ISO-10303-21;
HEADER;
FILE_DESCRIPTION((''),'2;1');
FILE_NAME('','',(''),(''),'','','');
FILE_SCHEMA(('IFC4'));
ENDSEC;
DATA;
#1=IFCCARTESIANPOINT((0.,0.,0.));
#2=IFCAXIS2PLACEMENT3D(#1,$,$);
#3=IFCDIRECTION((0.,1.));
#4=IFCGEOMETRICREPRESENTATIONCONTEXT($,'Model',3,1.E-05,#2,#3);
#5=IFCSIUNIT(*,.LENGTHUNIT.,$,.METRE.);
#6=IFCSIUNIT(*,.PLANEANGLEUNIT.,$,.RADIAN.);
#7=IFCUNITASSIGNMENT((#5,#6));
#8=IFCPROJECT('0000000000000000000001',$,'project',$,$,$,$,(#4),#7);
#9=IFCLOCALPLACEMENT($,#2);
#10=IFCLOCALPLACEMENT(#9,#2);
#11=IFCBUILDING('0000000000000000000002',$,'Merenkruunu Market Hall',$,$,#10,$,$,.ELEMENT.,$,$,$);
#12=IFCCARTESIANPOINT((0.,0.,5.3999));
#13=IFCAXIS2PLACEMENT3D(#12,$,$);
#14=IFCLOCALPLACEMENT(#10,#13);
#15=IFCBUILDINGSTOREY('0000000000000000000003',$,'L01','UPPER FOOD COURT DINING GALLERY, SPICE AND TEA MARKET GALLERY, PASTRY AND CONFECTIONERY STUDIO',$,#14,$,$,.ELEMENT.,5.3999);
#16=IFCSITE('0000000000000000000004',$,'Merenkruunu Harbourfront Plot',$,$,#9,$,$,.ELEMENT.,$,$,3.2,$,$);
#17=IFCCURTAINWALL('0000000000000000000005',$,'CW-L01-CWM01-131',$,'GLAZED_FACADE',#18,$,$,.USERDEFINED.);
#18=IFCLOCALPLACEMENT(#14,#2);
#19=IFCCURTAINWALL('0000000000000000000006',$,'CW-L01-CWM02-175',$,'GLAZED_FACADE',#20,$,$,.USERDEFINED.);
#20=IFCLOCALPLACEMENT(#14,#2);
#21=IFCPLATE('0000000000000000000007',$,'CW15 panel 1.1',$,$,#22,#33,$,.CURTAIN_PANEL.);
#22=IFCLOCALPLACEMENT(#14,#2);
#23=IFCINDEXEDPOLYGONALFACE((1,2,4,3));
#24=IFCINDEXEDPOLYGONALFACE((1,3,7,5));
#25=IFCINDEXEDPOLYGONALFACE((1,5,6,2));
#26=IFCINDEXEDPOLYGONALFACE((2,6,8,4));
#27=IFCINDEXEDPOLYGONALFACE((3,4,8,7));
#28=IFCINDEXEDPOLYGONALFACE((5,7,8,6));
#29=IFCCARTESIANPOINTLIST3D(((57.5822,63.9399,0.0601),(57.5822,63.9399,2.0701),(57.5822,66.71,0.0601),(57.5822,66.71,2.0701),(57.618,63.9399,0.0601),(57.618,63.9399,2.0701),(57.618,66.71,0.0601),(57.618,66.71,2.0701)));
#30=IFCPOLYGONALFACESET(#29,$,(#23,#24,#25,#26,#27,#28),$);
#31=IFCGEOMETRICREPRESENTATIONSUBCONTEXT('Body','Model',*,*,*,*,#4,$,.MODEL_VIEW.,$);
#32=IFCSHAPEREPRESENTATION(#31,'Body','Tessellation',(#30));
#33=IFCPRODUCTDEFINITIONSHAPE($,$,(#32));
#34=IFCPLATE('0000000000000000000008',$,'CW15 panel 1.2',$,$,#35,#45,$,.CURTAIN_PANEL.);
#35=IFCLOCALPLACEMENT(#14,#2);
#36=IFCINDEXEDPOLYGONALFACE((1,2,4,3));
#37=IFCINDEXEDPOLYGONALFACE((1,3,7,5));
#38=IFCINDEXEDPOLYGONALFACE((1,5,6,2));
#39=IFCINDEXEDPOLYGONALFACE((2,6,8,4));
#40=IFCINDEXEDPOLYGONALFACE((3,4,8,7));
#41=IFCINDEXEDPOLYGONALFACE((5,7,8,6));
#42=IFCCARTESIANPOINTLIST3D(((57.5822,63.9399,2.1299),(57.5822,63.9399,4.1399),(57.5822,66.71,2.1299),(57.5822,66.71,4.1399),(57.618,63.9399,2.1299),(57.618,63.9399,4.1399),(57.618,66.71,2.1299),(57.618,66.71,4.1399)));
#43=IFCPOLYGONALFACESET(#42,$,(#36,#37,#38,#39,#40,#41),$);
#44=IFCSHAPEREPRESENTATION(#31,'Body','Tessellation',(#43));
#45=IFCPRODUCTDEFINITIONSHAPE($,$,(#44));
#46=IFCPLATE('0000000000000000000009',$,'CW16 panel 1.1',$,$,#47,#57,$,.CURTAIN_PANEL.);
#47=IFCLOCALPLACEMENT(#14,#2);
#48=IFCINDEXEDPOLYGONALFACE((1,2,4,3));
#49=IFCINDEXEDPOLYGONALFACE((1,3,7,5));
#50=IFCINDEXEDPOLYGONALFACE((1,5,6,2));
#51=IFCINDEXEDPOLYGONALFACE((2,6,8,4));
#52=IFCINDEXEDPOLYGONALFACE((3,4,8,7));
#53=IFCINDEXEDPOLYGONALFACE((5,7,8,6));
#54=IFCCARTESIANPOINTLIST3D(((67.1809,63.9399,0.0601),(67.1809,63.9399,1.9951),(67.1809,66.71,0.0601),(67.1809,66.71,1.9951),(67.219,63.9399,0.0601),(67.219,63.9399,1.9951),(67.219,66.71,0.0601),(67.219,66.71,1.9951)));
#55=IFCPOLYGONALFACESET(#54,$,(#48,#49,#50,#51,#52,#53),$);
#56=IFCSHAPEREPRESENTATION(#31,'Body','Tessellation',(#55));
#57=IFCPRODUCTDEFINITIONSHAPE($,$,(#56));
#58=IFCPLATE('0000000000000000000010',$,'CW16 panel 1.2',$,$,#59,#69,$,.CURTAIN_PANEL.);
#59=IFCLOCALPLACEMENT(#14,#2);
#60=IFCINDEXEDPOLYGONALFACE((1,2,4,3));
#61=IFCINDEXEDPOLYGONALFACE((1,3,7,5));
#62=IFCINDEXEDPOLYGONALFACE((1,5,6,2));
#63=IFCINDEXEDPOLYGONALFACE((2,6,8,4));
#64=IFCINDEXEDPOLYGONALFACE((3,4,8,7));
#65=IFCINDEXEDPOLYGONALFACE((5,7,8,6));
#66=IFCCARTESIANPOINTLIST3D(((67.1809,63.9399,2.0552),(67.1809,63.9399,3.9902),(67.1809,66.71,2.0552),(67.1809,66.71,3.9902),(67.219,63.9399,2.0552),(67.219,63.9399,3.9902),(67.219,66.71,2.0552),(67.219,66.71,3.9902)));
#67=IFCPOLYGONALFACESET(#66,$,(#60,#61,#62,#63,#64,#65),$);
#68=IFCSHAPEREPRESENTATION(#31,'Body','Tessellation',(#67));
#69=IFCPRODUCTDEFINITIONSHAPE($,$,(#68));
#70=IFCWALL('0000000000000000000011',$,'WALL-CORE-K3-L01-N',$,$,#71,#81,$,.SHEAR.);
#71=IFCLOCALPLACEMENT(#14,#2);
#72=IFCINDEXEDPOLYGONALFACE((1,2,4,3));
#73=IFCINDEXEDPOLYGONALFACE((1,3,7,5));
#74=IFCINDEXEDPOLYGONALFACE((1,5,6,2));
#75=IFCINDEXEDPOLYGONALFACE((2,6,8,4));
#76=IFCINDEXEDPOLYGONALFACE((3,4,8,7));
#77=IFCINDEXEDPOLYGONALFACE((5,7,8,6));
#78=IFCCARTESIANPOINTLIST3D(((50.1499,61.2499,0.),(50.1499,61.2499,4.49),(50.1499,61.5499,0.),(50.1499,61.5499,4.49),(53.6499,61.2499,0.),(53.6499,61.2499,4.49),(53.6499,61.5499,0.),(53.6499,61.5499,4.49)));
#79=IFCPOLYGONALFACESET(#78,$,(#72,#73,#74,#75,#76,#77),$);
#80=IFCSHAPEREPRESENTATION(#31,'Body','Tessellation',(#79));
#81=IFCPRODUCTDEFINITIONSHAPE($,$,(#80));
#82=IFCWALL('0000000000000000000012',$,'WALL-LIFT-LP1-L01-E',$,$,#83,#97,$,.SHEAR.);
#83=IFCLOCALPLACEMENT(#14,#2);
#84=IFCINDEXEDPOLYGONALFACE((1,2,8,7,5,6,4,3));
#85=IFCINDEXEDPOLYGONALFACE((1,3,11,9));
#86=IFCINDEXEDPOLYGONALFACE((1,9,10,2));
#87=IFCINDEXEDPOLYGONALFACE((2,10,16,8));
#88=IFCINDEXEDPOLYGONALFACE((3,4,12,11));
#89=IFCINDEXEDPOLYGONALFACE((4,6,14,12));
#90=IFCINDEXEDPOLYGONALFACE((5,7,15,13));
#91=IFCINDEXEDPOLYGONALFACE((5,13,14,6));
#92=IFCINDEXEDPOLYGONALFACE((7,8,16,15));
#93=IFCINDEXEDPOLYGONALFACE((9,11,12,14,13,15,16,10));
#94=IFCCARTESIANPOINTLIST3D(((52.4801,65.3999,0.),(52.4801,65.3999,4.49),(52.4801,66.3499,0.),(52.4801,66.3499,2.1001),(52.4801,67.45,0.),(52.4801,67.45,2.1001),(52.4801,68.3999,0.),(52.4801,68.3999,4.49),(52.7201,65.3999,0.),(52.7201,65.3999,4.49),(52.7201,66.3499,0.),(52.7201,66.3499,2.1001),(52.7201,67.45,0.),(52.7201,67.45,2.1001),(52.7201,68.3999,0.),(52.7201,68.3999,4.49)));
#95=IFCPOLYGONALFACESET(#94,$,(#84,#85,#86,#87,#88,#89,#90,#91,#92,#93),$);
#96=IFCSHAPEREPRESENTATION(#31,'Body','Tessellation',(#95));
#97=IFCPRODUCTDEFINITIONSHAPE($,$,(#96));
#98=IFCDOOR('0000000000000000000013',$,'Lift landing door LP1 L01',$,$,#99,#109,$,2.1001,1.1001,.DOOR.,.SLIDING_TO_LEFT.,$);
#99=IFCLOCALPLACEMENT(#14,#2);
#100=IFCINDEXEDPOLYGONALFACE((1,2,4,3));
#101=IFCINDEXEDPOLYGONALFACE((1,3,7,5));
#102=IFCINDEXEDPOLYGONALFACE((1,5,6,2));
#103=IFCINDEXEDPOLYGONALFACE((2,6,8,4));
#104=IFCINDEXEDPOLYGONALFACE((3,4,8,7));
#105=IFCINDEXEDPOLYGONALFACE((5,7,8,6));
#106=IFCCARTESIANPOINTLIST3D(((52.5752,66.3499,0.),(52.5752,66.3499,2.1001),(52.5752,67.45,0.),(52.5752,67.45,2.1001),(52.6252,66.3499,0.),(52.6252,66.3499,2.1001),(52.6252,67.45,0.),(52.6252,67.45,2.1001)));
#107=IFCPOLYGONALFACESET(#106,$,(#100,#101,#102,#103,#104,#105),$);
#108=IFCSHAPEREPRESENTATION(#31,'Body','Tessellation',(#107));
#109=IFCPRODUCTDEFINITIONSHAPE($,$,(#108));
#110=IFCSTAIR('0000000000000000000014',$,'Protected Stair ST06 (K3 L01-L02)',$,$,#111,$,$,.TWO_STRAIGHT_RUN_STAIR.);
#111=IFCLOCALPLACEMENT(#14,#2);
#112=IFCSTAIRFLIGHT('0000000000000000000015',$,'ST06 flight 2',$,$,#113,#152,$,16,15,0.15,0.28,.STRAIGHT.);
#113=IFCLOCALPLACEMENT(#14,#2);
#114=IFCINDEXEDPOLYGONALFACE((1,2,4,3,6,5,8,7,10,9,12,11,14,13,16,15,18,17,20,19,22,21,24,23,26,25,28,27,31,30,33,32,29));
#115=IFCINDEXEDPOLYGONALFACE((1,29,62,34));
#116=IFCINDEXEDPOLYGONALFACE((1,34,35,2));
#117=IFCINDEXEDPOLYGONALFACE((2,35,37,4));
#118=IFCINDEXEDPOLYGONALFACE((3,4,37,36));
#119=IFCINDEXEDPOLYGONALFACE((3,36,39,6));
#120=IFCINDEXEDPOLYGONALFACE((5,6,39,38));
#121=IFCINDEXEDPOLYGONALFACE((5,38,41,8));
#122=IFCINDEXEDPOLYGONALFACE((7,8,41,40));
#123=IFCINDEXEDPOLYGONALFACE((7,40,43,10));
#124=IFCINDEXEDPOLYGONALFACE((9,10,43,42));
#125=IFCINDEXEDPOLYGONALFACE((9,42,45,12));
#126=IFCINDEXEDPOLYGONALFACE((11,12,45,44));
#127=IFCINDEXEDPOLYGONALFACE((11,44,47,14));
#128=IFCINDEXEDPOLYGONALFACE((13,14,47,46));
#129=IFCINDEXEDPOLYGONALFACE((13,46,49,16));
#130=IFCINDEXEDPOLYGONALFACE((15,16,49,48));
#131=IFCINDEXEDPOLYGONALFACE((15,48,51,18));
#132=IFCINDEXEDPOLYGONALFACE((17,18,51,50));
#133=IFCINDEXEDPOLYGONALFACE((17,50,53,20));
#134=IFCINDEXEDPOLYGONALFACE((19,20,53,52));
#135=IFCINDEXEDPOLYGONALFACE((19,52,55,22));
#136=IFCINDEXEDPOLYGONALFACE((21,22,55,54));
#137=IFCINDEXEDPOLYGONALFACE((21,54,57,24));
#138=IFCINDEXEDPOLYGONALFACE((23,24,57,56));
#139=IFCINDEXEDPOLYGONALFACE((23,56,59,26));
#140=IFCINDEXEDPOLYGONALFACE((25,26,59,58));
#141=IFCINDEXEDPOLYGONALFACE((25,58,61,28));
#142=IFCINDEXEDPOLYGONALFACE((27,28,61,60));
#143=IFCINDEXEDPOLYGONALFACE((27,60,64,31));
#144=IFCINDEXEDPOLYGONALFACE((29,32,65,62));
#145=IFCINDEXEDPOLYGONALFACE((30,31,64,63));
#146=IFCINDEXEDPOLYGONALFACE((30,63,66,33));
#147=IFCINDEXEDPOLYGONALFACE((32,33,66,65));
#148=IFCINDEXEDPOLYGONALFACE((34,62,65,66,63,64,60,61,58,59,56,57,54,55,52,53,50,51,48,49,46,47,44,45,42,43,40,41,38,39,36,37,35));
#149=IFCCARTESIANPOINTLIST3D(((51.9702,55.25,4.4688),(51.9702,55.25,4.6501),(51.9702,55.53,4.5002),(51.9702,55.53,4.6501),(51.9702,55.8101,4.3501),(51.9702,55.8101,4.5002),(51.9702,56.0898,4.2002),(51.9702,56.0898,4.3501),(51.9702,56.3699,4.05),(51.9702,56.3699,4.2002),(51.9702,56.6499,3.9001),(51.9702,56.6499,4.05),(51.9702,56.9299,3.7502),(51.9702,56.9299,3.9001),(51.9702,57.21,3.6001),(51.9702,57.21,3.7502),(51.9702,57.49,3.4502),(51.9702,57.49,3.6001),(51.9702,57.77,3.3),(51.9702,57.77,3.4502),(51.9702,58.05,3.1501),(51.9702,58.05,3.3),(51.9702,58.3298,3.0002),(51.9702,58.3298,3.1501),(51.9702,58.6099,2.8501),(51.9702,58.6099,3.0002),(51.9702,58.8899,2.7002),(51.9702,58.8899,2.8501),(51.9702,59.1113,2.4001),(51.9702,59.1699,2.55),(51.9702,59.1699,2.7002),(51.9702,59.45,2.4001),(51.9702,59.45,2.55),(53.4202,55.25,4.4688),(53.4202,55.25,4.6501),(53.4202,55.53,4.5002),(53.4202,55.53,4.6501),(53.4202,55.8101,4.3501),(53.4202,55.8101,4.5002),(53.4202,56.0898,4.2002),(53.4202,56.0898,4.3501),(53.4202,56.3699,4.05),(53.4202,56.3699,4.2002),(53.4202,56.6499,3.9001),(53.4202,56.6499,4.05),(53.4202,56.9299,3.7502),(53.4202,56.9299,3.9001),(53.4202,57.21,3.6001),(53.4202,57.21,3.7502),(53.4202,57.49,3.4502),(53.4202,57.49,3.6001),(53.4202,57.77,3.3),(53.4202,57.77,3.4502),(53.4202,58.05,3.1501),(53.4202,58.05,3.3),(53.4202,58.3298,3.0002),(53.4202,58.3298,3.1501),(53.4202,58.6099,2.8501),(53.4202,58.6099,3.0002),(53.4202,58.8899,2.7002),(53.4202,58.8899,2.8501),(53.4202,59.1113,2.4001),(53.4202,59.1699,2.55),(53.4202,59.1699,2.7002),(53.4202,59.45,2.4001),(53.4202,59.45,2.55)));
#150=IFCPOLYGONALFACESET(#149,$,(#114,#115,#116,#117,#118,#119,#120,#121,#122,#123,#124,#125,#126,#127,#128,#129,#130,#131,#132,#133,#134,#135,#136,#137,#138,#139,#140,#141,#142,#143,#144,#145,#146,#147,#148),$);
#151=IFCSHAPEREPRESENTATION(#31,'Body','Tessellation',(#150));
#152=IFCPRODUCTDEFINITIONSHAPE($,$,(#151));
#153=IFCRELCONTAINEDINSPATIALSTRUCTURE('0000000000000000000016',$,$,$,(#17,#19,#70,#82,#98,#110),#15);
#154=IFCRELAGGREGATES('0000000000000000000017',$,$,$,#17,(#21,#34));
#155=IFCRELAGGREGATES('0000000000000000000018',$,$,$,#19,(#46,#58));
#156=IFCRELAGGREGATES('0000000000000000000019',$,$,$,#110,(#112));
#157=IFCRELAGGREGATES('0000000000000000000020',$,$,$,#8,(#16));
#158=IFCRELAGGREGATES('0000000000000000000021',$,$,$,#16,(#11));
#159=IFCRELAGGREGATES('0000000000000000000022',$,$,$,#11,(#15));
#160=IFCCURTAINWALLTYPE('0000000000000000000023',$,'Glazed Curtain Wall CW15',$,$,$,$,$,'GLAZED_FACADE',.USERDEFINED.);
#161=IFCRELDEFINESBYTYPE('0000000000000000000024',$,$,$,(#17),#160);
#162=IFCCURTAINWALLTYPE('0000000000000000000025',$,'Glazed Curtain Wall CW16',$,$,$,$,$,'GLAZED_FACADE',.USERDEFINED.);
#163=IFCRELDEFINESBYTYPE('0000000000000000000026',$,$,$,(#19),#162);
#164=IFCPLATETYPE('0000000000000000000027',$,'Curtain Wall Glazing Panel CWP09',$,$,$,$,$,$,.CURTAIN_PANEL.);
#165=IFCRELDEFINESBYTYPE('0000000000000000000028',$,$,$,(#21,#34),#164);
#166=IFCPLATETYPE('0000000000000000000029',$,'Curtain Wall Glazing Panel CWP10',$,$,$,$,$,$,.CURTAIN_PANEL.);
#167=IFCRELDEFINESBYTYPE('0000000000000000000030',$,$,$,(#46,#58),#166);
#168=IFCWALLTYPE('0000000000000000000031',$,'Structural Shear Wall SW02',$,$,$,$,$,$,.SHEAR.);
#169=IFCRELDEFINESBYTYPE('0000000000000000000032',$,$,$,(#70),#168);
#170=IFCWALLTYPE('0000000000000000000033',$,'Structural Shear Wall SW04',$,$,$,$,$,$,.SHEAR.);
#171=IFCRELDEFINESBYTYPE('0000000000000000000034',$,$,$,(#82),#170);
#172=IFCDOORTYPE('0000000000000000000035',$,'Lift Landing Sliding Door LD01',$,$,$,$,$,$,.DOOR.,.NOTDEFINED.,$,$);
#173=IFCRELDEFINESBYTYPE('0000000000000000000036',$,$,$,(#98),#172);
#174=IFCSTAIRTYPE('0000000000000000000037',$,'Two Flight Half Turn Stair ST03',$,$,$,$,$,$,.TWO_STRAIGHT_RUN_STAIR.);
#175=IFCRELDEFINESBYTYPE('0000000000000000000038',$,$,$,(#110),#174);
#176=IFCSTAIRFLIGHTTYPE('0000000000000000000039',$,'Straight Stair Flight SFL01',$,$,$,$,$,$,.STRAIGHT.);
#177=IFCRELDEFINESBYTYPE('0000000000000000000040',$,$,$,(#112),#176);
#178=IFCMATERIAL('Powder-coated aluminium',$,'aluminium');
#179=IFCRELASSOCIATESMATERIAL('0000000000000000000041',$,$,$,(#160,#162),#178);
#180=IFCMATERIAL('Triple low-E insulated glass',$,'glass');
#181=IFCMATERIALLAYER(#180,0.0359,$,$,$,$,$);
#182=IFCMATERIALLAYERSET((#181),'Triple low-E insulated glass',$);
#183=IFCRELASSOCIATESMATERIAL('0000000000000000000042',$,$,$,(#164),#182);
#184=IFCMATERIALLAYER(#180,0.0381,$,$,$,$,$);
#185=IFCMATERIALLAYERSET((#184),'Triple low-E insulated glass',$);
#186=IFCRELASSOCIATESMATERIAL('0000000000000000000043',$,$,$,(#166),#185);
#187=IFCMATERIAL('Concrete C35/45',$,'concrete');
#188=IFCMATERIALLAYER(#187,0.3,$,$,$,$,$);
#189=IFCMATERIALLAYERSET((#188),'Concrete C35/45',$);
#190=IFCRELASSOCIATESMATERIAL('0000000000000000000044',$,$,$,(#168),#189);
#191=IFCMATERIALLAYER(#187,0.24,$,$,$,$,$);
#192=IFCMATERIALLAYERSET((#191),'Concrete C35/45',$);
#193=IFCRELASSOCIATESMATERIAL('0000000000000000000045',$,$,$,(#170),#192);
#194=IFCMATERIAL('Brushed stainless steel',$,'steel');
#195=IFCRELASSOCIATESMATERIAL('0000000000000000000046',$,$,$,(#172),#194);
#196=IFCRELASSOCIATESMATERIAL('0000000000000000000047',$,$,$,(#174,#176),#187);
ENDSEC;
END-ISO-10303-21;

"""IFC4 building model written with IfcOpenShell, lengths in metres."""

from ifc_helpers import new_model, si_unit, direction, frame, frame_2d, origin, origin_2d, place, context, subcontext, project, spatial, polyline, rectangle, outline, extrude, material, layer, layer_set, type_object, element, fill, aggregate, save


model = new_model("IFC4")

# Units and contexts
model_context = context("Model", 3, precision=1e-05, world=origin(), true_north=direction((0.0, 1.0)))
body_context = subcontext(model_context, "Body", "Model", "MODEL_VIEW")
ifc_project = project(units=[si_unit("LENGTHUNIT", "METRE"), si_unit("PLANEANGLEUNIT", "RADIAN")], contexts=[model_context])

# Site, building, storey
site_placement = place(None, origin())
site = spatial("IfcSite", under=ifc_project, at=site_placement, Name="Merenkruunu Harbourfront Plot", CompositionType="ELEMENT", RefElevation=3.2)
building_placement = place(site_placement, origin())
building = spatial("IfcBuilding", under=site, at=building_placement, Name="Merenkruunu Market Hall", CompositionType="ELEMENT")
storey_placement = place(building_placement, frame((0.0, 0.0, 5.3999)))
storey = spatial("IfcBuildingStorey", under=building, at=storey_placement, Name="L01", Description="UPPER FOOD COURT DINING GALLERY, SPICE AND TEA MARKET GALLERY, PASTRY AND CONFECTIONERY STUDIO", CompositionType="ELEMENT", Elevation=5.3999)

# Curtain walls
ifc_material_1 = material(Name="Powder-coated aluminium", Category="aluminium")
curtain_wall_type_1 = type_object("IfcCurtainWallType", Name="Glazed Curtain Wall CW15", ElementType="GLAZED_FACADE", PredefinedType="USERDEFINED", material=ifc_material_1)
curtain_wall_1_placement = place(storey_placement, origin())
curtain_wall_1 = element("IfcCurtainWall", 1, at=curtain_wall_1_placement, inside=storey, type_object=curtain_wall_type_1, Name="CW-L01-CWM01-131", ObjectType="GLAZED_FACADE", PredefinedType="USERDEFINED")
curtain_wall_type_2 = type_object("IfcCurtainWallType", Name="Glazed Curtain Wall CW16", ElementType="GLAZED_FACADE", PredefinedType="USERDEFINED", material=ifc_material_1)
curtain_wall_2_placement = place(storey_placement, origin())
curtain_wall_2 = element("IfcCurtainWall", 2, at=curtain_wall_2_placement, inside=storey, type_object=curtain_wall_type_2, Name="CW-L01-CWM02-175", ObjectType="GLAZED_FACADE", PredefinedType="USERDEFINED")

# Plates
ifc_material_2 = material(Name="Triple low-E insulated glass", Category="glass")
ifc_layer_1 = layer(ifc_material_2, 0.0359)
ifc_layer_set_1 = layer_set([ifc_layer_1], Name="Triple low-E insulated glass")
plate_type_1 = type_object("IfcPlateType", Name="Curtain Wall Glazing Panel CWP09", PredefinedType="CURTAIN_PANEL", material=ifc_layer_set_1)
plate_1_placement = place(storey_placement, frame((57.6001, 65.325, 0.0601), z_axis=(0.0, 0.0, 1.0), x_axis=(0.0, 1.0, 0.0)))
plate_1 = element("IfcPlate", 3, at=plate_1_placement, type_object=plate_type_1, Name="CW15 panel 1.1", PredefinedType="CURTAIN_PANEL", context=body_context, shape_type="SweptSolid", body=[
    extrude(rectangle(XDim=2.77, YDim=0.0359, at=origin_2d()), origin(), (0.0, 0.0, 1.0), 2.01),
])
plate_2_placement = place(storey_placement, frame((57.6001, 65.325, 2.1299), z_axis=(0.0, 0.0, 1.0), x_axis=(0.0, 1.0, 0.0)))
plate_2 = element("IfcPlate", 4, at=plate_2_placement, type_object=plate_type_1, Name="CW15 panel 1.2", PredefinedType="CURTAIN_PANEL", context=body_context, shape_type="SweptSolid", body=[
    extrude(rectangle(XDim=2.77, YDim=0.0359, at=origin_2d()), origin(), (0.0, 0.0, 1.0), 2.01),
])
aggregate(curtain_wall_1, [plate_1, plate_2])
ifc_layer_2 = layer(ifc_material_2, 0.0381)
ifc_layer_set_2 = layer_set([ifc_layer_2], Name="Triple low-E insulated glass")
plate_type_2 = type_object("IfcPlateType", Name="Curtain Wall Glazing Panel CWP10", PredefinedType="CURTAIN_PANEL", material=ifc_layer_set_2)
plate_3_placement = place(storey_placement, frame((67.2, 65.325, 0.0601), z_axis=(0.0, 0.0, 1.0), x_axis=(0.0, 1.0, 0.0)))
plate_3 = element("IfcPlate", 5, at=plate_3_placement, type_object=plate_type_2, Name="CW16 panel 1.1", PredefinedType="CURTAIN_PANEL", context=body_context, shape_type="SweptSolid", body=[
    extrude(rectangle(XDim=2.77, YDim=0.0381, at=origin_2d()), origin(), (0.0, 0.0, 1.0), 1.9351),
])
plate_4_placement = place(storey_placement, frame((67.2, 65.325, 2.0552), z_axis=(0.0, 0.0, 1.0), x_axis=(0.0, 1.0, 0.0)))
plate_4 = element("IfcPlate", 6, at=plate_4_placement, type_object=plate_type_2, Name="CW16 panel 1.2", PredefinedType="CURTAIN_PANEL", context=body_context, shape_type="SweptSolid", body=[
    extrude(rectangle(XDim=2.77, YDim=0.0381, at=origin_2d()), origin(), (0.0, 0.0, 1.0), 1.9351),
])
aggregate(curtain_wall_2, [plate_3, plate_4])

# Wall
ifc_material_3 = material(Name="Concrete C35/45", Category="concrete")
ifc_layer_3 = layer(ifc_material_3, 0.3)
ifc_layer_set_3 = layer_set([ifc_layer_3], Name="Concrete C35/45")
wall_type_1 = type_object("IfcWallType", Name="Structural Shear Wall SW02", PredefinedType="SHEAR", material=ifc_layer_set_3)
wall_1_placement = place(storey_placement, frame((53.6499, 61.3999, 0.0), z_axis=(0.0, 0.0, 1.0), x_axis=(-1.0, 0.0, 0.0)))
element("IfcWall", 7, at=wall_1_placement, inside=storey, type_object=wall_type_1, Name="WALL-CORE-K3-L01-N", PredefinedType="SHEAR", context=body_context, shape_type="SweptSolid", body=[
    extrude(rectangle(XDim=3.5, YDim=0.3, at=frame_2d((1.75, 0.0))), origin(), (0.0, 0.0, 1.0), 4.49),
])

# Wall, opening, door
ifc_layer_4 = layer(ifc_material_3, 0.24)
ifc_layer_set_4 = layer_set([ifc_layer_4], Name="Concrete C35/45")
wall_type_2 = type_object("IfcWallType", Name="Structural Shear Wall SW04", PredefinedType="SHEAR", material=ifc_layer_set_4)
wall_2_placement = place(storey_placement, frame((52.6001, 65.3999, 0.0), z_axis=(0.0, 0.0, 1.0), x_axis=(0.0, 1.0, 0.0)))
wall_2 = element("IfcWall", 8, at=wall_2_placement, inside=storey, type_object=wall_type_2, Name="WALL-LIFT-LP1-L01-E", PredefinedType="SHEAR", context=body_context, shape_type="SweptSolid", body=[
    extrude(rectangle(XDim=3.0, YDim=0.24, at=frame_2d((1.5, 0.0))), origin(), (0.0, 0.0, 1.0), 4.49),
])
opening_placement = place(wall_2_placement, frame((0.95, 0.0, 0.0)))
opening = element("IfcOpeningElement", 9, at=opening_placement, cuts=wall_2, PredefinedType="OPENING", context=body_context, shape_type="SweptSolid", body=[
    extrude(rectangle(XDim=1.1001, YDim=2.1001, at=frame_2d((0.55, 1.05))), frame((0.0, 0.1299, 0.0), z_axis=(0.0, -1.0, 0.0), x_axis=(1.0, 0.0, 0.0)), (0.0, 0.0, 1.0), 0.26),
])
ifc_material_4 = material(Name="Brushed stainless steel", Category="steel")
door_type = type_object("IfcDoorType", Name="Lift Landing Sliding Door LD01", OperationType="NOTDEFINED", PredefinedType="DOOR", material=ifc_material_4)
door_placement = place(opening_placement, origin())
door = element("IfcDoor", 10, at=door_placement, inside=storey, type_object=door_type, Name="Lift landing door LP1 L01", OperationType="SLIDING_TO_LEFT", OverallHeight=2.1001, OverallWidth=1.1001, PredefinedType="DOOR", context=body_context, shape_type="SweptSolid", body=[
    extrude(rectangle(XDim=1.1001, YDim=2.1001, at=frame_2d((0.55, 1.05))), frame((0.0, 0.0249, 0.0), z_axis=(0.0, -1.0, 0.0), x_axis=(1.0, 0.0, 0.0)), (0.0, 0.0, 1.0), 0.05),
])
fill(opening, door)

# Stair, stair flight
stair_type = type_object("IfcStairType", Name="Two Flight Half Turn Stair ST03", PredefinedType="TWO_STRAIGHT_RUN_STAIR", material=ifc_material_3)
stair_placement = place(storey_placement, origin())
stair = element("IfcStair", 11, at=stair_placement, inside=storey, type_object=stair_type, Name="Protected Stair ST06 (K3 L01-L02)", PredefinedType="TWO_STRAIGHT_RUN_STAIR")
stair_flight_type = type_object("IfcStairFlightType", Name="Straight Stair Flight SFL01", PredefinedType="STRAIGHT", material=ifc_material_3)
stair_flight_placement = place(storey_placement, frame((52.6951, 59.45, 2.4001), z_axis=(0.0, 0.0, 1.0), x_axis=(0.0, -1.0, 0.0)))
stair_flight = element("IfcStairFlight", 12, at=stair_flight_placement, type_object=stair_flight_type, Name="ST06 flight 2", NumberOfRisers=16, NumberOfTreads=15, PredefinedType="STRAIGHT", RiserHeight=0.15, TreadLength=0.28, context=body_context, shape_type="SweptSolid", body=[
    extrude(outline(polyline([(0.0, 0.0), (0.0, 0.1499), (0.28, 0.1499), (0.28, 0.3), (0.5601, 0.3), (0.5601, 0.45), (0.8401, 0.45), (0.8401, 0.6001), (1.1201, 0.6001), (1.1201, 0.75), (1.3999, 0.75), (1.3999, 0.8999), (1.6799, 0.8999), (1.6799, 1.05), (1.96, 1.05), (1.96, 1.2), (2.24, 1.2), (2.24, 1.3501), (2.52, 1.3501), (2.52, 1.5), (2.8, 1.5), (2.8, 1.6499), (3.0801, 1.6499), (3.0801, 1.8), (3.3601, 1.8), (3.3601, 1.95), (3.6399, 1.95), (3.6399, 2.1001), (3.9199, 2.1001), (3.9199, 2.25), (4.2, 2.25), (4.2, 2.3999), (4.2, 2.0686), (0.3386, 0.0), (0.0, 0.0)])), frame((0.0, 0.7251, 0.0), z_axis=(0.0, -1.0, 0.0), x_axis=(1.0, 0.0, 0.0)), (0.0, 0.0, 1.0), 1.45),
])
aggregate(stair, [stair_flight])

save(model, "model.ifc")
